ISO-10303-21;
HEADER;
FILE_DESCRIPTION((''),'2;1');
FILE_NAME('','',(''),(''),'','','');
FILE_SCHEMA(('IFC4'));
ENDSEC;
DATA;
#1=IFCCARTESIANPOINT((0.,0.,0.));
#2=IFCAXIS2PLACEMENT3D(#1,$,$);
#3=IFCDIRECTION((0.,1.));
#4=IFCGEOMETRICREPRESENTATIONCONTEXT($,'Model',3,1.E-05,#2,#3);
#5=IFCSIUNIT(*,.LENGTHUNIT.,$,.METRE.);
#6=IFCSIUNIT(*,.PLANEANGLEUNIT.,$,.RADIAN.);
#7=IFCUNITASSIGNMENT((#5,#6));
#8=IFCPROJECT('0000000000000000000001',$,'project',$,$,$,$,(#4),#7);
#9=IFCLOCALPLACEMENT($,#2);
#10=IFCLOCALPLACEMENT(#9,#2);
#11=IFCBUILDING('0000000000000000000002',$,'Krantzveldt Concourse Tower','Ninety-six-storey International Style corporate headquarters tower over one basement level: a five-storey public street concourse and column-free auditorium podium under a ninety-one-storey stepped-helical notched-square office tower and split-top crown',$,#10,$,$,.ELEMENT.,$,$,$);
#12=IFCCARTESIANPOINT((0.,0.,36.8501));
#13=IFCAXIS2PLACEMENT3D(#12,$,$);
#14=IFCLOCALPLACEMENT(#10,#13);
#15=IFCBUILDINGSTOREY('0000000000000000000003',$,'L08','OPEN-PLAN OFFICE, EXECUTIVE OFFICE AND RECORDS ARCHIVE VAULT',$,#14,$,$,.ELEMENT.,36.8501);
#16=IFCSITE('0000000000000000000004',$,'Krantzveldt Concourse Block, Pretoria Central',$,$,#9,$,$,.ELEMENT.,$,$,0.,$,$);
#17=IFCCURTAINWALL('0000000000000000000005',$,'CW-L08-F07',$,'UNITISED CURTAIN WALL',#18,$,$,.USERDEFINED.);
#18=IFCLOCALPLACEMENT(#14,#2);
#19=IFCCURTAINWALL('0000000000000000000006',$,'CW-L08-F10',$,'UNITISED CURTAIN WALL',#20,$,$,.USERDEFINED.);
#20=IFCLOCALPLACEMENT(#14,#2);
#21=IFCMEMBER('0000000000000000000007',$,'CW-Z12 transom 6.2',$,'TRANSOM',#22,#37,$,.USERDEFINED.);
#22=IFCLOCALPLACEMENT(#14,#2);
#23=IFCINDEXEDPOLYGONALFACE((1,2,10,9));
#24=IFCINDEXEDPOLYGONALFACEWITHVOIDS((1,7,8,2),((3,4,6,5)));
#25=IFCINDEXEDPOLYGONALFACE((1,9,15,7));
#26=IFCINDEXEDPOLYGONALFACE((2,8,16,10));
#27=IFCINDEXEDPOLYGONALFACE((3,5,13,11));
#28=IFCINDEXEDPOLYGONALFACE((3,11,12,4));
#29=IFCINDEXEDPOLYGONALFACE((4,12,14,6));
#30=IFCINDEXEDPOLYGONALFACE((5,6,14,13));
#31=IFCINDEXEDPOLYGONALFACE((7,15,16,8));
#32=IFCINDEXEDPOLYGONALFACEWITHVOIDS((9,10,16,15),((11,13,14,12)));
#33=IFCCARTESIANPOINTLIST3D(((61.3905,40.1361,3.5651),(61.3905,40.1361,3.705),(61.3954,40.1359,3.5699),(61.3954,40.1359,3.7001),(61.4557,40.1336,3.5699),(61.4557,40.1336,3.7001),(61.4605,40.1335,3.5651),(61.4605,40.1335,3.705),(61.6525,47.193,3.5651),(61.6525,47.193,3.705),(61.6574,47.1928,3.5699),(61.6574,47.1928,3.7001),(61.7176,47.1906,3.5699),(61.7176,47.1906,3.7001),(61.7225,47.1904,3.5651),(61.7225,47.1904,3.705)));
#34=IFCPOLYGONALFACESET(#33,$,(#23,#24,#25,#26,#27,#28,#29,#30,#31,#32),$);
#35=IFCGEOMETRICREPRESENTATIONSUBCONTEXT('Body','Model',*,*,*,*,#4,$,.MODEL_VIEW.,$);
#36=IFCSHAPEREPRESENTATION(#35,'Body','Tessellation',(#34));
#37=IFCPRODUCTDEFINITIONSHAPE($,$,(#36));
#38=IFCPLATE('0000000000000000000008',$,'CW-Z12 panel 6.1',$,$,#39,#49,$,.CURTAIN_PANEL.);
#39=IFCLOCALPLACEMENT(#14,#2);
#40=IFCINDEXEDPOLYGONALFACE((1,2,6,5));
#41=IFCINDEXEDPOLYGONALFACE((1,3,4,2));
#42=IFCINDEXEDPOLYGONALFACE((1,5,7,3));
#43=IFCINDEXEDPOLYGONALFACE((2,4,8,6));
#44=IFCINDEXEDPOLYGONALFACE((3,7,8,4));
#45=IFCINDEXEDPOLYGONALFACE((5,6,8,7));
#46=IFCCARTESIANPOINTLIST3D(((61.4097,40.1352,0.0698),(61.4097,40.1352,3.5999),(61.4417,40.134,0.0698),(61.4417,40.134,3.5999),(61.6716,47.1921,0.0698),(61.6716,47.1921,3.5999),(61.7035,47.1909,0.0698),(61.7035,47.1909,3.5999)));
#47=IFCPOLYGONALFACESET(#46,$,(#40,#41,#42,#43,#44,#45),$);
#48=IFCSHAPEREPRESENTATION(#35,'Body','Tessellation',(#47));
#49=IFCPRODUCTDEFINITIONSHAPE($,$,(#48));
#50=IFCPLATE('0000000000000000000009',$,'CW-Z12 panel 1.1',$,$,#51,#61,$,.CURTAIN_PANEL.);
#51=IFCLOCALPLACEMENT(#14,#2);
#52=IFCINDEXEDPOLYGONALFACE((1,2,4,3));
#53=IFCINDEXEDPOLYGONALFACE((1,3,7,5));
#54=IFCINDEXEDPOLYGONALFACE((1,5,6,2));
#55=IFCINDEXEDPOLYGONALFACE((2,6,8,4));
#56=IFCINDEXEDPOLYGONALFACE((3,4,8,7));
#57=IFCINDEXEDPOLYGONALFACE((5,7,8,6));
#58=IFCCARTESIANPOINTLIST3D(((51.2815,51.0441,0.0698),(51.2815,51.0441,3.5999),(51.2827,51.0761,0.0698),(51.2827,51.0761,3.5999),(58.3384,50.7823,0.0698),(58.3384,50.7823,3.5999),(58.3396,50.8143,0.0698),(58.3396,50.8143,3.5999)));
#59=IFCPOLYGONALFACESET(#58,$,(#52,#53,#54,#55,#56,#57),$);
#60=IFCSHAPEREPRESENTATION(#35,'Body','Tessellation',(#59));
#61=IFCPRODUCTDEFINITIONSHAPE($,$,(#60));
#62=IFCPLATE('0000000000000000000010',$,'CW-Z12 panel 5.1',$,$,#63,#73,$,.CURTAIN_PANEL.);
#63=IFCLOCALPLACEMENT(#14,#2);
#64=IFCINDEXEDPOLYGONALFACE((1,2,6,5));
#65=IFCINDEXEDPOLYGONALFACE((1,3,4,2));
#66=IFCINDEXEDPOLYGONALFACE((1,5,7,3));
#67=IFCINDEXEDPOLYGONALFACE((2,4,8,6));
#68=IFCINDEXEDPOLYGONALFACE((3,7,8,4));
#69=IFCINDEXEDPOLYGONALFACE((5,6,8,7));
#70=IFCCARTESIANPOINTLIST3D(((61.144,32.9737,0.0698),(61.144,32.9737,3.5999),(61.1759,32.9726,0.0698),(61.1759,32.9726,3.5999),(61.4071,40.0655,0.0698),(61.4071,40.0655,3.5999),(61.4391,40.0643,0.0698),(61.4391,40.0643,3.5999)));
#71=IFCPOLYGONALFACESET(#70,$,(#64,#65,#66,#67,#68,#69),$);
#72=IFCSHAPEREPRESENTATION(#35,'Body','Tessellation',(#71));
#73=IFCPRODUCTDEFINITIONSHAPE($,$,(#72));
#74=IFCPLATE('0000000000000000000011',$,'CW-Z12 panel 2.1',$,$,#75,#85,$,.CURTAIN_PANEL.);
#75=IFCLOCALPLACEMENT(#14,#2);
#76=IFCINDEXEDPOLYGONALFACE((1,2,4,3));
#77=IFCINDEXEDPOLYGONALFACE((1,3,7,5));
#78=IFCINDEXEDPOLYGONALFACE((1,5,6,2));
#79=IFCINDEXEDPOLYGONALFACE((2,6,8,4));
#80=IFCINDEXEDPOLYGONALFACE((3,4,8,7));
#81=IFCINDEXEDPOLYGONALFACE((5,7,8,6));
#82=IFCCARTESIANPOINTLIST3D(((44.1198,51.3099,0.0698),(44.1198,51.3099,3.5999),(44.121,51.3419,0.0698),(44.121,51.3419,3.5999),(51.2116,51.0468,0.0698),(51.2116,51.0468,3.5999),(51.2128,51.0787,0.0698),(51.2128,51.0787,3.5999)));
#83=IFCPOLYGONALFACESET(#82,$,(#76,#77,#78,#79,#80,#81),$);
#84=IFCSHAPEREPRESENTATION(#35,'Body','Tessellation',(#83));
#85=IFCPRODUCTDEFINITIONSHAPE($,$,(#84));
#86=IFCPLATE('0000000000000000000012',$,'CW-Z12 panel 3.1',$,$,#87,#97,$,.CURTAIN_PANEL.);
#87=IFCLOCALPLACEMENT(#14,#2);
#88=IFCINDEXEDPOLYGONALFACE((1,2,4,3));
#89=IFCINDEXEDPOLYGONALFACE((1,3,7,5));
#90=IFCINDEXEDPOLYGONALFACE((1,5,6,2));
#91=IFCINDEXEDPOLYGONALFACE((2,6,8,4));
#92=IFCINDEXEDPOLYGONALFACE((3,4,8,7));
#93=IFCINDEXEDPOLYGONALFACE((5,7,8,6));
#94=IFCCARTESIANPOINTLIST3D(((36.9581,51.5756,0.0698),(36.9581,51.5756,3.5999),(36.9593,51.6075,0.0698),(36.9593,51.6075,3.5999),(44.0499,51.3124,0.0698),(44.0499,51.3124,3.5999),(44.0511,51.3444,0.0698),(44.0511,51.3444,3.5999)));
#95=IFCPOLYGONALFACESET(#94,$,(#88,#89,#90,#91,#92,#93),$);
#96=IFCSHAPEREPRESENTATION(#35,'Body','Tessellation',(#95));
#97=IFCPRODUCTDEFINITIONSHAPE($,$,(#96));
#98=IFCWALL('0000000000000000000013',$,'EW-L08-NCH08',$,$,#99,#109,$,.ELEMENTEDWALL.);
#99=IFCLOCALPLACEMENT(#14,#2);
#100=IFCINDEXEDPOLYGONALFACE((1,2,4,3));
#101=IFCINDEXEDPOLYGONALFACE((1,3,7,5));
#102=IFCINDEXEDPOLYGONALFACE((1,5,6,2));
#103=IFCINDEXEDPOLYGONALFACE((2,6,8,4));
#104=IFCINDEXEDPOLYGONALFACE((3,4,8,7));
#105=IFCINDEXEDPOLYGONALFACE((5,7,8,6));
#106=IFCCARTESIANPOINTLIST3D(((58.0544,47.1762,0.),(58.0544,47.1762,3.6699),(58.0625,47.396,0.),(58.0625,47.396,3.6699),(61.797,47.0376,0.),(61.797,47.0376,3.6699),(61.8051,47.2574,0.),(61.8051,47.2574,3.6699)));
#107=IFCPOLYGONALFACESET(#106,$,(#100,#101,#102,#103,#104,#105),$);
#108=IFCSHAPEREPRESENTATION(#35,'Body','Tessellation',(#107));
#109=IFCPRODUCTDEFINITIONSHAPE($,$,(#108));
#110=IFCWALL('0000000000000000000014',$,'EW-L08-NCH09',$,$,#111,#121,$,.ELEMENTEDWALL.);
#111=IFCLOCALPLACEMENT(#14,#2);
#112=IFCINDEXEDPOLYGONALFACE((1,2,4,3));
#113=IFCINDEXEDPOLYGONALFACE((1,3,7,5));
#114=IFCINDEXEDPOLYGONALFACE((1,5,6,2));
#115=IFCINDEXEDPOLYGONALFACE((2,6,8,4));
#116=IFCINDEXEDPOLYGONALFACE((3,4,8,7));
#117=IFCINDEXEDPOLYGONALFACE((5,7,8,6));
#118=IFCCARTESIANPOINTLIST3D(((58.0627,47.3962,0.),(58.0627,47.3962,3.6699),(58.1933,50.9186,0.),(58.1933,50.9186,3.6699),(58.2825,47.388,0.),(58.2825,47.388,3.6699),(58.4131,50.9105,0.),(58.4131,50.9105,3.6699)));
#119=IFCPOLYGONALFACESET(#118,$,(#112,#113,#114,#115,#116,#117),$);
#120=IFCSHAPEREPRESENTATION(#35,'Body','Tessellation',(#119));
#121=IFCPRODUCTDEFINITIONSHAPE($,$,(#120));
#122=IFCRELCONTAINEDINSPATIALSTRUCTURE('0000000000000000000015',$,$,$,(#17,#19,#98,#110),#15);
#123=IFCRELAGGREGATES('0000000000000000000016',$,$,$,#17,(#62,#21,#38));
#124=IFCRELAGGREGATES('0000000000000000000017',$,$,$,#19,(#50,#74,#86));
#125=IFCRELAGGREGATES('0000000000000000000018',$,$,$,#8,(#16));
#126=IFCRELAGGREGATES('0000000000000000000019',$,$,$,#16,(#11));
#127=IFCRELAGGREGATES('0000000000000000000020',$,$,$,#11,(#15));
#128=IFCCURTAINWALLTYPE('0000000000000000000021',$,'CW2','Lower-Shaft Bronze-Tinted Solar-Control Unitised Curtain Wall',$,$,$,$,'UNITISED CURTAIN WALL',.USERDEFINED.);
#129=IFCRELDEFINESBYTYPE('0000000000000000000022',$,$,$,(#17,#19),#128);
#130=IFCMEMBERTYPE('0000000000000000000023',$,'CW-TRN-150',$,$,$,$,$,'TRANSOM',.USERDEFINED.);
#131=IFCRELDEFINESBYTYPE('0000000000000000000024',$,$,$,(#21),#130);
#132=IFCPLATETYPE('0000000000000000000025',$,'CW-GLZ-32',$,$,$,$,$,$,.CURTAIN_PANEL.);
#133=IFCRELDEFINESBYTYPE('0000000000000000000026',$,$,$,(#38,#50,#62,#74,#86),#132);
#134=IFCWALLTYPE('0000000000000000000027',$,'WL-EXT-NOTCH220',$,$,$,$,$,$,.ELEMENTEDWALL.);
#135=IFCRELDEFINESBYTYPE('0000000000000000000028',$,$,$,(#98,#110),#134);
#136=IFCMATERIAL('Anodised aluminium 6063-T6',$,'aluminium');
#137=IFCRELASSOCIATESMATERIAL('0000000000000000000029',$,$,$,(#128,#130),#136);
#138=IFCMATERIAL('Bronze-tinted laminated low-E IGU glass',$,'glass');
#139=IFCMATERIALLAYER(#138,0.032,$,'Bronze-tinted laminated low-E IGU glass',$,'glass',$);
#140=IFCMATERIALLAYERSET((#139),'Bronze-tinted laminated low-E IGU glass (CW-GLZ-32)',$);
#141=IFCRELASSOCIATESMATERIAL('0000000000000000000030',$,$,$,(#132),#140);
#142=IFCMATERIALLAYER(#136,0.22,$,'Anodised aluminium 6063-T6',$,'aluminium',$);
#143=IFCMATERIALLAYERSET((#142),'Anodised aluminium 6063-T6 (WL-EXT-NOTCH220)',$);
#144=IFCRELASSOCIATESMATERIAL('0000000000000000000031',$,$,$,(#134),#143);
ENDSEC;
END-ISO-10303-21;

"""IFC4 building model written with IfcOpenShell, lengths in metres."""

from ifc_helpers import new_model, si_unit, direction, frame, frame_2d, origin, origin_2d, place, context, subcontext, project, spatial, rectangle, hollow_rectangle, extrude, source, transform, mapped, material, layer, layer_set, material_profile, profile_set, type_object, type_shapes, element, aggregate, save


model = new_model("IFC4")

# Units and contexts
model_context = context("Model", 3, precision=1e-05, world=origin(), true_north=direction((0.0, 1.0)))
body_context = subcontext(model_context, "Body", "Model", "MODEL_VIEW")
ifc_project = project(units=[si_unit("LENGTHUNIT", "METRE"), si_unit("PLANEANGLEUNIT", "RADIAN")], contexts=[model_context])

# Site, building, storey
site_placement = place(None, origin())
site = spatial("IfcSite", under=ifc_project, at=site_placement, Name="Krantzveldt Concourse Block, Pretoria Central", CompositionType="ELEMENT", RefElevation=0.0)
building_placement = place(site_placement, origin())
building = spatial("IfcBuilding", under=site, at=building_placement, Name="Krantzveldt Concourse Tower", Description="Ninety-six-storey International Style corporate headquarters tower over one basement level: a five-storey public street concourse and column-free auditorium podium under a ninety-one-storey stepped-helical notched-square office tower and split-top crown", CompositionType="ELEMENT")
storey_placement = place(building_placement, frame((0.0, 0.0, 36.8501)))
storey = spatial("IfcBuildingStorey", under=building, at=storey_placement, Name="L08", Description="OPEN-PLAN OFFICE, EXECUTIVE OFFICE AND RECORDS ARCHIVE VAULT", CompositionType="ELEMENT", Elevation=36.8501)

# Curtain walls
ifc_material_1 = material(Name="Anodised aluminium 6063-T6", Category="aluminium")
curtain_wall_type = type_object("IfcCurtainWallType", Name="CW2", Description="Lower-Shaft Bronze-Tinted Solar-Control Unitised Curtain Wall", ElementType="UNITISED CURTAIN WALL", PredefinedType="USERDEFINED", material=ifc_material_1)
curtain_wall_1_placement = place(storey_placement, origin())
curtain_wall_1 = element("IfcCurtainWall", 1, at=curtain_wall_1_placement, inside=storey, type_object=curtain_wall_type, Name="CW-L08-F07", ObjectType="UNITISED CURTAIN WALL", PredefinedType="USERDEFINED")
curtain_wall_2_placement = place(storey_placement, origin())
curtain_wall_2 = element("IfcCurtainWall", 2, at=curtain_wall_2_placement, inside=storey, type_object=curtain_wall_type, Name="CW-L08-F10", ObjectType="UNITISED CURTAIN WALL", PredefinedType="USERDEFINED")
ifc_material_profile_1 = material_profile(ifc_material_1, hollow_rectangle(XDim=0.0701, YDim=0.1399, WallThickness=0.0049, at=origin_2d()), Name="Anodised aluminium 6063-T6", Category="aluminium")
ifc_profile_set_1 = profile_set([ifc_material_profile_1], Name="Anodised aluminium 6063-T6 - ALU-TRAN 140x70x5")
member_type_1 = type_object("IfcMemberType", Name="CW-TRN-150", ElementType="TRANSOM", PredefinedType="USERDEFINED", material=ifc_profile_set_1)

# Member
shared_shape_1 = source(origin(), body_context, "Body", "SweptSolid", [
    extrude(hollow_rectangle(XDim=0.0701, YDim=0.1399, WallThickness=0.0049, at=origin_2d()), origin(), (0.0, 0.0, 1.0), 7.0618),
])
member_1_placement = place(storey_placement, frame((61.4255, 40.1348, 3.635), z_axis=(0.037096, 0.999312, 0.0), x_axis=(-0.999312, 0.037096, 0.0)))
member_1 = element("IfcMember", 3, at=member_1_placement, type_object=member_type_1, Name="CW-Z12 transom 6.2", ObjectType="TRANSOM", PredefinedType="USERDEFINED", context=body_context, shape_type="MappedRepresentation", body=[
    mapped(shared_shape_1, transform((0.0, 0.0, 0.0), x_axis=(1.0, 0.0, 0.0), y_axis=(0.0, 1.0, 0.0), z_axis=(0.0, 0.0, 1.0), scale=1.0)),
])

# Plates
ifc_material_2 = material(Name="Bronze-tinted laminated low-E IGU glass", Category="glass")
ifc_layer_1 = layer(ifc_material_2, 0.032, Name="Bronze-tinted laminated low-E IGU glass", Category="glass")
ifc_layer_set_1 = layer_set([ifc_layer_1], Name="Bronze-tinted laminated low-E IGU glass (CW-GLZ-32)")
plate_type = type_object("IfcPlateType", Name="CW-GLZ-32", PredefinedType="CURTAIN_PANEL", material=ifc_layer_set_1)
shared_shape_2 = source(origin(), body_context, "Body", "SweptSolid", [
    extrude(rectangle(XDim=7.0618, YDim=0.032, at=origin_2d()), origin(), (0.0, 0.0, 1.0), 3.53),
])
plate_1_placement = place(storey_placement, frame((61.5566, 43.6631, 0.0698), z_axis=(0.0, 0.0, 1.0), x_axis=(0.03708, 0.999312, 0.0)))
plate_1 = element("IfcPlate", 4, at=plate_1_placement, type_object=plate_type, Name="CW-Z12 panel 6.1", PredefinedType="CURTAIN_PANEL", context=body_context, shape_type="MappedRepresentation", body=[
    mapped(shared_shape_2, transform((0.0, 0.0, 0.0), x_axis=(1.0, 0.0, 0.0), y_axis=(0.0, 1.0, 0.0), z_axis=(0.0, 0.0, 1.0), scale=1.0)),
])
plate_2_placement = place(storey_placement, frame((54.8105, 50.9292, 0.0698), z_axis=(0.0, 0.0, 1.0), x_axis=(-0.999312, 0.03708, 0.0)))
plate_2 = element("IfcPlate", 5, at=plate_2_placement, type_object=plate_type, Name="CW-Z12 panel 1.1", PredefinedType="CURTAIN_PANEL", context=body_context, shape_type="MappedRepresentation", body=[
    mapped(shared_shape_2, transform((0.0, 0.0, 0.0), x_axis=(1.0, 0.0, 0.0), y_axis=(0.0, 1.0, 0.0), z_axis=(0.0, 0.0, 1.0), scale=1.0)),
])
shared_shape_3 = source(origin(), body_context, "Body", "SweptSolid", [
    extrude(rectangle(XDim=7.0967, YDim=0.032, at=origin_2d()), origin(), (0.0, 0.0, 1.0), 3.53),
])
type_shapes(plate_type, [shared_shape_2, shared_shape_3])
plate_3_placement = place(storey_placement, frame((61.2915, 36.519, 0.0698), z_axis=(0.0, 0.0, 1.0), x_axis=(0.03708, 0.999312, 0.0)))
plate_3 = element("IfcPlate", 6, at=plate_3_placement, type_object=plate_type, Name="CW-Z12 panel 5.1", PredefinedType="CURTAIN_PANEL", context=body_context, shape_type="MappedRepresentation", body=[
    mapped(shared_shape_3, transform((0.0, 0.0, 0.0), x_axis=(1.0, 0.0, 0.0), y_axis=(0.0, 1.0, 0.0), z_axis=(0.0, 0.0, 1.0), scale=1.0)),
])
aggregate(curtain_wall_1, [plate_3, member_1, plate_1])
plate_4_placement = place(storey_placement, frame((47.6663, 51.1943, 0.0698), z_axis=(0.0, 0.0, 1.0), x_axis=(-0.999312, 0.03708, 0.0)))
plate_4 = element("IfcPlate", 7, at=plate_4_placement, type_object=plate_type, Name="CW-Z12 panel 2.1", PredefinedType="CURTAIN_PANEL", context=body_context, shape_type="MappedRepresentation", body=[
    mapped(shared_shape_3, transform((0.0, 0.0, 0.0), x_axis=(1.0, 0.0, 0.0), y_axis=(0.0, 1.0, 0.0), z_axis=(0.0, 0.0, 1.0), scale=1.0)),
])
plate_5_placement = place(storey_placement, frame((40.5046, 51.46, 0.0698), z_axis=(0.0, 0.0, 1.0), x_axis=(-0.999312, 0.03708, 0.0)))
plate_5 = element("IfcPlate", 8, at=plate_5_placement, type_object=plate_type, Name="CW-Z12 panel 3.1", PredefinedType="CURTAIN_PANEL", context=body_context, shape_type="MappedRepresentation", body=[
    mapped(shared_shape_3, transform((0.0, 0.0, 0.0), x_axis=(1.0, 0.0, 0.0), y_axis=(0.0, 1.0, 0.0), z_axis=(0.0, 0.0, 1.0), scale=1.0)),
])
aggregate(curtain_wall_2, [plate_2, plate_4, plate_5])

# Walls
ifc_layer_2 = layer(ifc_material_1, 0.22, Name="Anodised aluminium 6063-T6", Category="aluminium")
ifc_layer_set_2 = layer_set([ifc_layer_2], Name="Anodised aluminium 6063-T6 (WL-EXT-NOTCH220)")
wall_type = type_object("IfcWallType", Name="WL-EXT-NOTCH220", PredefinedType="ELEMENTEDWALL", material=ifc_layer_set_2)
wall_1_placement = place(storey_placement, frame((61.801, 47.1475, 0.0), z_axis=(0.0, 0.0, 1.0), x_axis=(-0.999314, 0.037029, 0.0)))
element("IfcWall", 9, at=wall_1_placement, inside=storey, type_object=wall_type, Name="EW-L08-NCH08", PredefinedType="ELEMENTEDWALL", context=body_context, shape_type="SweptSolid", body=[
    extrude(rectangle(XDim=3.7451, YDim=0.22, at=frame_2d((1.8726, 0.0))), origin(), (0.0, 0.0, 1.0), 3.6699),
])
wall_2_placement = place(storey_placement, frame((58.1726, 47.3921, 0.0), z_axis=(0.0, 0.0, 1.0), x_axis=(0.037055, 0.999313, 0.0)))
element("IfcWall", 10, at=wall_2_placement, inside=storey, type_object=wall_type, Name="EW-L08-NCH09", PredefinedType="ELEMENTEDWALL", context=body_context, shape_type="SweptSolid", body=[
    extrude(rectangle(XDim=3.5249, YDim=0.22, at=frame_2d((1.7625, 0.0))), origin(), (0.0, 0.0, 1.0), 3.6699),
])

save(model, "model.ifc")
